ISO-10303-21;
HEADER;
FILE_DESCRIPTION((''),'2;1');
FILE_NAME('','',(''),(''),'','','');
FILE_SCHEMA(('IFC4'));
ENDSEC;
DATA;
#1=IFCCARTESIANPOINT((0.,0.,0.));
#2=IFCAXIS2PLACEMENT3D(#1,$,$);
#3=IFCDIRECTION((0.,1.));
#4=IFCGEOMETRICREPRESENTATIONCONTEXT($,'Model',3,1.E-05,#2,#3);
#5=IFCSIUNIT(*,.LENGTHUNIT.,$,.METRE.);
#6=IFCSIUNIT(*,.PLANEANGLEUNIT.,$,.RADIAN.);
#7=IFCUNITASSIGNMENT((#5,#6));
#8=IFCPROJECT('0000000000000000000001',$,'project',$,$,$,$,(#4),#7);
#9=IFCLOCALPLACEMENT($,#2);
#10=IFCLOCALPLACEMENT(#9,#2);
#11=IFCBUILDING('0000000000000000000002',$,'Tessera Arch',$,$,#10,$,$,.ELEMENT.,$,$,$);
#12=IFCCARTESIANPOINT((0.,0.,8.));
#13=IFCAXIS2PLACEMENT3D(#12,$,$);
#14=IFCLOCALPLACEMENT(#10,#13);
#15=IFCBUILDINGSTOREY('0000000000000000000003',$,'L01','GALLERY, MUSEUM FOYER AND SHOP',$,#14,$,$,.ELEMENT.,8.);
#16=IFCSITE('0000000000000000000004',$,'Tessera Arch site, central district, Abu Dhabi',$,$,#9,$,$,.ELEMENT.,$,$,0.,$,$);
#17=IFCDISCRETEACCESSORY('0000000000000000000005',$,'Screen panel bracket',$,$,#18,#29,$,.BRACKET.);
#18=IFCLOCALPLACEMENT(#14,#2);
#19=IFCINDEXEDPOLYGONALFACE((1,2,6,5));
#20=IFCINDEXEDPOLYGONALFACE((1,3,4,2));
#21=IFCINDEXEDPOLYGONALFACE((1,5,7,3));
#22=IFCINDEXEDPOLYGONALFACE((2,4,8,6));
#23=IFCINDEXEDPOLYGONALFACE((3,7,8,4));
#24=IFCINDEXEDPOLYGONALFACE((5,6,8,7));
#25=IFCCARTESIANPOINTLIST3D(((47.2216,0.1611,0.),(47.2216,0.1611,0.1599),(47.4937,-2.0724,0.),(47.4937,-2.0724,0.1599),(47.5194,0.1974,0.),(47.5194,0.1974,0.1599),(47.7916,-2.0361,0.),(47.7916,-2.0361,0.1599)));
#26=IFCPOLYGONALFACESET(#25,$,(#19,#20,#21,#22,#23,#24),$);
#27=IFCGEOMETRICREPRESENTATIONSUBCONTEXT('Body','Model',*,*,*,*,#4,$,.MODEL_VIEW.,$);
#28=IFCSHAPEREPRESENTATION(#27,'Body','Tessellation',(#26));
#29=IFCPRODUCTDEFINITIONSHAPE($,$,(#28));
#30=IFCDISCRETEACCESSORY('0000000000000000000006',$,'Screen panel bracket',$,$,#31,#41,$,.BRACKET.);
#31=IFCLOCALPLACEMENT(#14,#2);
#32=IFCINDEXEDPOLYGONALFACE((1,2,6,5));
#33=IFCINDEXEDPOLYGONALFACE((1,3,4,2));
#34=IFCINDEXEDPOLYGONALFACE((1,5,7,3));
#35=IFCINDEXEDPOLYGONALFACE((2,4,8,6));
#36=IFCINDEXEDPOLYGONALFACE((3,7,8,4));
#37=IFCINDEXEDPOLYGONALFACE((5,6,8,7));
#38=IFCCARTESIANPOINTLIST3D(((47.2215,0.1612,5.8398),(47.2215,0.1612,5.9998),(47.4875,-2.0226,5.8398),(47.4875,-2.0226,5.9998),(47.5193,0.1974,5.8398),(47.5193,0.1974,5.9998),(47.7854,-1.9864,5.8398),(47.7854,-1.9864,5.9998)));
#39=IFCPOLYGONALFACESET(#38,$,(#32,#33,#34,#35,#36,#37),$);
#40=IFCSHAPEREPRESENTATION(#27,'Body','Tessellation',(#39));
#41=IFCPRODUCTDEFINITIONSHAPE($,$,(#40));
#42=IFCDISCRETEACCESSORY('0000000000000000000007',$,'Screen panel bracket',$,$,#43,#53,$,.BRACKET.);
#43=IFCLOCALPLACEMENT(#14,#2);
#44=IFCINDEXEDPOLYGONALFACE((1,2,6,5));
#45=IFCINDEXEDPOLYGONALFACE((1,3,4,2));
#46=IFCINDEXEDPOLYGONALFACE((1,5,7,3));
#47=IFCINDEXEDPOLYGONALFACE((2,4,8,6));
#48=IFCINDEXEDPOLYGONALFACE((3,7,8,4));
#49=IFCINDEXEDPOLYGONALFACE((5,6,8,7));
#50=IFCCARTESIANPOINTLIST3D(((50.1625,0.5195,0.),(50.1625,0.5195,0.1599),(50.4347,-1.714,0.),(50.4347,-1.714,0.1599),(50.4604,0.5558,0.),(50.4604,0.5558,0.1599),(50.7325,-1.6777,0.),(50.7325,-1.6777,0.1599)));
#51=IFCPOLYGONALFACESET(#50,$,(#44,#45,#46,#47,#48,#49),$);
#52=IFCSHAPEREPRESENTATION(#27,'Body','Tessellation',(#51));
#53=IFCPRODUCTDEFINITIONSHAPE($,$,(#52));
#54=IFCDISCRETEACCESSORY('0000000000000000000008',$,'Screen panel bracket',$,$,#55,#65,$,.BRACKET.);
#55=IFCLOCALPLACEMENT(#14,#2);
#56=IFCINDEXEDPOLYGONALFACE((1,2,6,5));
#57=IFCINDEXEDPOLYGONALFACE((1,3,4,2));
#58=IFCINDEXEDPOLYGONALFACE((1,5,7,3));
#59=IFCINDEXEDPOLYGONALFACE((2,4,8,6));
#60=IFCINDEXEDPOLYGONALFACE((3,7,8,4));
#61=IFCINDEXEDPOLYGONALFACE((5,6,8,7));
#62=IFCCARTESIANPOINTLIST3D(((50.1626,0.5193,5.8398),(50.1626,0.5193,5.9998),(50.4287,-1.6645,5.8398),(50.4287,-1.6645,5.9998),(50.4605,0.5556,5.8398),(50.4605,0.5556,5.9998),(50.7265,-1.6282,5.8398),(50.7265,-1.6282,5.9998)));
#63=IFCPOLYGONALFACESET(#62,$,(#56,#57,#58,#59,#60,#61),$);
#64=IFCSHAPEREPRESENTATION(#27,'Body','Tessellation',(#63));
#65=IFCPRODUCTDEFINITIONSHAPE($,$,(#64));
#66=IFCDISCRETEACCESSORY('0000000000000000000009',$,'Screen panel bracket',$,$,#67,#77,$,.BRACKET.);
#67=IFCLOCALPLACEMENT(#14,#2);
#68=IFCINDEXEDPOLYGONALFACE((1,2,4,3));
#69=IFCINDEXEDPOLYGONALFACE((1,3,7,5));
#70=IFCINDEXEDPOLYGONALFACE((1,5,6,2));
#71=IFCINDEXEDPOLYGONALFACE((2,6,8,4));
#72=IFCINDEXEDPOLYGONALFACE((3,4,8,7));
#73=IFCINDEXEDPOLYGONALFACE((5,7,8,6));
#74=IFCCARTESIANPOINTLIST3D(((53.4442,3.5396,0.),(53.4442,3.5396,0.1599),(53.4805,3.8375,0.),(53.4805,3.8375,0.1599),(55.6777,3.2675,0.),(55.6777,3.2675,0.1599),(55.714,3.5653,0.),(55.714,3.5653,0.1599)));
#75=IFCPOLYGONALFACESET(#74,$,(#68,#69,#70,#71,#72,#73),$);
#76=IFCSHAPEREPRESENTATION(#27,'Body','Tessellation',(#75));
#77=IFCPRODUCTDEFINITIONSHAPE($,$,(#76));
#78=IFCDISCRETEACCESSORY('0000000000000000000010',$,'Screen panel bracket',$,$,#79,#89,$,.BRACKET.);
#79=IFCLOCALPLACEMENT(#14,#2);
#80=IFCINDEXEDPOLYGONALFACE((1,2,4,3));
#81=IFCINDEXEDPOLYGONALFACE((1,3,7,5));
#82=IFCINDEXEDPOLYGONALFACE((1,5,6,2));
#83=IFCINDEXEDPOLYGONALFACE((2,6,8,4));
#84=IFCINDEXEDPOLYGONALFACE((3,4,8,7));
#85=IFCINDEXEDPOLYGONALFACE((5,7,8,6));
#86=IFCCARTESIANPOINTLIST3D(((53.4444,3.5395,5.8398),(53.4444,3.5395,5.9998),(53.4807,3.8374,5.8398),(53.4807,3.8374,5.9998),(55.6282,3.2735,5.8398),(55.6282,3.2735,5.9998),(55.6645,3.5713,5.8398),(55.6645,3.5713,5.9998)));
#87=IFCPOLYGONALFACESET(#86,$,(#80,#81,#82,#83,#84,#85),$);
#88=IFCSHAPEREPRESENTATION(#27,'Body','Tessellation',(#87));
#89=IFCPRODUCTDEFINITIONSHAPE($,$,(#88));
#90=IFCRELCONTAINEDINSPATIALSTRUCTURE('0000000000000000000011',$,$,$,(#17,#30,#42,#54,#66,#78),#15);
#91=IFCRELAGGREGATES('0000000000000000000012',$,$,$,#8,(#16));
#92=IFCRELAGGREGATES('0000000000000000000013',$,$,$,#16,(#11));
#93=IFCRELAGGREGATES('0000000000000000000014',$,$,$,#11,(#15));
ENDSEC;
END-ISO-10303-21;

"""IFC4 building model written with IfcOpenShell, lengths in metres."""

from ifc_helpers import new_model, si_unit, direction, frame, origin, origin_2d, place, context, subcontext, project, spatial, rectangle, extrude, element, save


model = new_model("IFC4")

# Units and contexts
model_context = context("Model", 3, precision=1e-05, world=origin(), true_north=direction((0.0, 1.0)))
body_context = subcontext(model_context, "Body", "Model", "MODEL_VIEW")
ifc_project = project(units=[si_unit("LENGTHUNIT", "METRE"), si_unit("PLANEANGLEUNIT", "RADIAN")], contexts=[model_context])

# Site, building, storey
site_placement = place(None, origin())
site = spatial("IfcSite", under=ifc_project, at=site_placement, Name="Tessera Arch site, central district, Abu Dhabi", CompositionType="ELEMENT", RefElevation=0.0)
building_placement = place(site_placement, origin())
building = spatial("IfcBuilding", under=site, at=building_placement, Name="Tessera Arch", CompositionType="ELEMENT")
storey_placement = place(building_placement, frame((0.0, 0.0, 8.0)))
storey = spatial("IfcBuildingStorey", under=building, at=storey_placement, Name="L01", Description="GALLERY, MUSEUM FOYER AND SHOP", CompositionType="ELEMENT", Elevation=8.0)

# Discrete accessories
discrete_accessory_1_placement = place(storey_placement, frame((47.5066, -0.9375, 0.0), z_axis=(0.0, 0.0, 1.0), x_axis=(0.120951, -0.992658, 0.0)))
element("IfcDiscreteAccessory", 1, at=discrete_accessory_1_placement, inside=storey, Name="Screen panel bracket", PredefinedType="BRACKET", context=body_context, shape_type="SweptSolid", body=[
    extrude(rectangle(XDim=2.25, YDim=0.3, at=origin_2d()), origin(), (0.0, 0.0, 1.0), 0.1599),
])
discrete_accessory_2_placement = place(storey_placement, frame((47.5034, -0.9126, 5.8398), z_axis=(0.0, 0.0, 1.0), x_axis=(0.120951, -0.992658, 0.0)))
element("IfcDiscreteAccessory", 2, at=discrete_accessory_2_placement, inside=storey, Name="Screen panel bracket", PredefinedType="BRACKET", context=body_context, shape_type="SweptSolid", body=[
    extrude(rectangle(XDim=2.2, YDim=0.3, at=origin_2d()), origin(), (0.0, 0.0, 1.0), 0.1599),
])
discrete_accessory_3_placement = place(storey_placement, frame((50.4475, -0.5791, 0.0), z_axis=(0.0, 0.0, 1.0), x_axis=(0.120951, -0.992658, 0.0)))
element("IfcDiscreteAccessory", 3, at=discrete_accessory_3_placement, inside=storey, Name="Screen panel bracket", PredefinedType="BRACKET", context=body_context, shape_type="SweptSolid", body=[
    extrude(rectangle(XDim=2.25, YDim=0.3, at=origin_2d()), origin(), (0.0, 0.0, 1.0), 0.1599),
])
discrete_accessory_4_placement = place(storey_placement, frame((50.4446, -0.5544, 5.8398), z_axis=(0.0, 0.0, 1.0), x_axis=(0.120951, -0.992658, 0.0)))
element("IfcDiscreteAccessory", 4, at=discrete_accessory_4_placement, inside=storey, Name="Screen panel bracket", PredefinedType="BRACKET", context=body_context, shape_type="SweptSolid", body=[
    extrude(rectangle(XDim=2.2, YDim=0.3, at=origin_2d()), origin(), (0.0, 0.0, 1.0), 0.1599),
])
discrete_accessory_5_placement = place(storey_placement, frame((54.5791, 3.5525, 0.0), z_axis=(0.0, 0.0, 1.0), x_axis=(0.992658, -0.120951, 0.0)))
element("IfcDiscreteAccessory", 5, at=discrete_accessory_5_placement, inside=storey, Name="Screen panel bracket", PredefinedType="BRACKET", context=body_context, shape_type="SweptSolid", body=[
    extrude(rectangle(XDim=2.25, YDim=0.3, at=origin_2d()), origin(), (0.0, 0.0, 1.0), 0.1599),
])
discrete_accessory_6_placement = place(storey_placement, frame((54.5544, 3.5554, 5.8398), z_axis=(0.0, 0.0, 1.0), x_axis=(0.992658, -0.120951, 0.0)))
element("IfcDiscreteAccessory", 6, at=discrete_accessory_6_placement, inside=storey, Name="Screen panel bracket", PredefinedType="BRACKET", context=body_context, shape_type="SweptSolid", body=[
    extrude(rectangle(XDim=2.2, YDim=0.3, at=origin_2d()), origin(), (0.0, 0.0, 1.0), 0.1599),
])

save(model, "model.ifc")
